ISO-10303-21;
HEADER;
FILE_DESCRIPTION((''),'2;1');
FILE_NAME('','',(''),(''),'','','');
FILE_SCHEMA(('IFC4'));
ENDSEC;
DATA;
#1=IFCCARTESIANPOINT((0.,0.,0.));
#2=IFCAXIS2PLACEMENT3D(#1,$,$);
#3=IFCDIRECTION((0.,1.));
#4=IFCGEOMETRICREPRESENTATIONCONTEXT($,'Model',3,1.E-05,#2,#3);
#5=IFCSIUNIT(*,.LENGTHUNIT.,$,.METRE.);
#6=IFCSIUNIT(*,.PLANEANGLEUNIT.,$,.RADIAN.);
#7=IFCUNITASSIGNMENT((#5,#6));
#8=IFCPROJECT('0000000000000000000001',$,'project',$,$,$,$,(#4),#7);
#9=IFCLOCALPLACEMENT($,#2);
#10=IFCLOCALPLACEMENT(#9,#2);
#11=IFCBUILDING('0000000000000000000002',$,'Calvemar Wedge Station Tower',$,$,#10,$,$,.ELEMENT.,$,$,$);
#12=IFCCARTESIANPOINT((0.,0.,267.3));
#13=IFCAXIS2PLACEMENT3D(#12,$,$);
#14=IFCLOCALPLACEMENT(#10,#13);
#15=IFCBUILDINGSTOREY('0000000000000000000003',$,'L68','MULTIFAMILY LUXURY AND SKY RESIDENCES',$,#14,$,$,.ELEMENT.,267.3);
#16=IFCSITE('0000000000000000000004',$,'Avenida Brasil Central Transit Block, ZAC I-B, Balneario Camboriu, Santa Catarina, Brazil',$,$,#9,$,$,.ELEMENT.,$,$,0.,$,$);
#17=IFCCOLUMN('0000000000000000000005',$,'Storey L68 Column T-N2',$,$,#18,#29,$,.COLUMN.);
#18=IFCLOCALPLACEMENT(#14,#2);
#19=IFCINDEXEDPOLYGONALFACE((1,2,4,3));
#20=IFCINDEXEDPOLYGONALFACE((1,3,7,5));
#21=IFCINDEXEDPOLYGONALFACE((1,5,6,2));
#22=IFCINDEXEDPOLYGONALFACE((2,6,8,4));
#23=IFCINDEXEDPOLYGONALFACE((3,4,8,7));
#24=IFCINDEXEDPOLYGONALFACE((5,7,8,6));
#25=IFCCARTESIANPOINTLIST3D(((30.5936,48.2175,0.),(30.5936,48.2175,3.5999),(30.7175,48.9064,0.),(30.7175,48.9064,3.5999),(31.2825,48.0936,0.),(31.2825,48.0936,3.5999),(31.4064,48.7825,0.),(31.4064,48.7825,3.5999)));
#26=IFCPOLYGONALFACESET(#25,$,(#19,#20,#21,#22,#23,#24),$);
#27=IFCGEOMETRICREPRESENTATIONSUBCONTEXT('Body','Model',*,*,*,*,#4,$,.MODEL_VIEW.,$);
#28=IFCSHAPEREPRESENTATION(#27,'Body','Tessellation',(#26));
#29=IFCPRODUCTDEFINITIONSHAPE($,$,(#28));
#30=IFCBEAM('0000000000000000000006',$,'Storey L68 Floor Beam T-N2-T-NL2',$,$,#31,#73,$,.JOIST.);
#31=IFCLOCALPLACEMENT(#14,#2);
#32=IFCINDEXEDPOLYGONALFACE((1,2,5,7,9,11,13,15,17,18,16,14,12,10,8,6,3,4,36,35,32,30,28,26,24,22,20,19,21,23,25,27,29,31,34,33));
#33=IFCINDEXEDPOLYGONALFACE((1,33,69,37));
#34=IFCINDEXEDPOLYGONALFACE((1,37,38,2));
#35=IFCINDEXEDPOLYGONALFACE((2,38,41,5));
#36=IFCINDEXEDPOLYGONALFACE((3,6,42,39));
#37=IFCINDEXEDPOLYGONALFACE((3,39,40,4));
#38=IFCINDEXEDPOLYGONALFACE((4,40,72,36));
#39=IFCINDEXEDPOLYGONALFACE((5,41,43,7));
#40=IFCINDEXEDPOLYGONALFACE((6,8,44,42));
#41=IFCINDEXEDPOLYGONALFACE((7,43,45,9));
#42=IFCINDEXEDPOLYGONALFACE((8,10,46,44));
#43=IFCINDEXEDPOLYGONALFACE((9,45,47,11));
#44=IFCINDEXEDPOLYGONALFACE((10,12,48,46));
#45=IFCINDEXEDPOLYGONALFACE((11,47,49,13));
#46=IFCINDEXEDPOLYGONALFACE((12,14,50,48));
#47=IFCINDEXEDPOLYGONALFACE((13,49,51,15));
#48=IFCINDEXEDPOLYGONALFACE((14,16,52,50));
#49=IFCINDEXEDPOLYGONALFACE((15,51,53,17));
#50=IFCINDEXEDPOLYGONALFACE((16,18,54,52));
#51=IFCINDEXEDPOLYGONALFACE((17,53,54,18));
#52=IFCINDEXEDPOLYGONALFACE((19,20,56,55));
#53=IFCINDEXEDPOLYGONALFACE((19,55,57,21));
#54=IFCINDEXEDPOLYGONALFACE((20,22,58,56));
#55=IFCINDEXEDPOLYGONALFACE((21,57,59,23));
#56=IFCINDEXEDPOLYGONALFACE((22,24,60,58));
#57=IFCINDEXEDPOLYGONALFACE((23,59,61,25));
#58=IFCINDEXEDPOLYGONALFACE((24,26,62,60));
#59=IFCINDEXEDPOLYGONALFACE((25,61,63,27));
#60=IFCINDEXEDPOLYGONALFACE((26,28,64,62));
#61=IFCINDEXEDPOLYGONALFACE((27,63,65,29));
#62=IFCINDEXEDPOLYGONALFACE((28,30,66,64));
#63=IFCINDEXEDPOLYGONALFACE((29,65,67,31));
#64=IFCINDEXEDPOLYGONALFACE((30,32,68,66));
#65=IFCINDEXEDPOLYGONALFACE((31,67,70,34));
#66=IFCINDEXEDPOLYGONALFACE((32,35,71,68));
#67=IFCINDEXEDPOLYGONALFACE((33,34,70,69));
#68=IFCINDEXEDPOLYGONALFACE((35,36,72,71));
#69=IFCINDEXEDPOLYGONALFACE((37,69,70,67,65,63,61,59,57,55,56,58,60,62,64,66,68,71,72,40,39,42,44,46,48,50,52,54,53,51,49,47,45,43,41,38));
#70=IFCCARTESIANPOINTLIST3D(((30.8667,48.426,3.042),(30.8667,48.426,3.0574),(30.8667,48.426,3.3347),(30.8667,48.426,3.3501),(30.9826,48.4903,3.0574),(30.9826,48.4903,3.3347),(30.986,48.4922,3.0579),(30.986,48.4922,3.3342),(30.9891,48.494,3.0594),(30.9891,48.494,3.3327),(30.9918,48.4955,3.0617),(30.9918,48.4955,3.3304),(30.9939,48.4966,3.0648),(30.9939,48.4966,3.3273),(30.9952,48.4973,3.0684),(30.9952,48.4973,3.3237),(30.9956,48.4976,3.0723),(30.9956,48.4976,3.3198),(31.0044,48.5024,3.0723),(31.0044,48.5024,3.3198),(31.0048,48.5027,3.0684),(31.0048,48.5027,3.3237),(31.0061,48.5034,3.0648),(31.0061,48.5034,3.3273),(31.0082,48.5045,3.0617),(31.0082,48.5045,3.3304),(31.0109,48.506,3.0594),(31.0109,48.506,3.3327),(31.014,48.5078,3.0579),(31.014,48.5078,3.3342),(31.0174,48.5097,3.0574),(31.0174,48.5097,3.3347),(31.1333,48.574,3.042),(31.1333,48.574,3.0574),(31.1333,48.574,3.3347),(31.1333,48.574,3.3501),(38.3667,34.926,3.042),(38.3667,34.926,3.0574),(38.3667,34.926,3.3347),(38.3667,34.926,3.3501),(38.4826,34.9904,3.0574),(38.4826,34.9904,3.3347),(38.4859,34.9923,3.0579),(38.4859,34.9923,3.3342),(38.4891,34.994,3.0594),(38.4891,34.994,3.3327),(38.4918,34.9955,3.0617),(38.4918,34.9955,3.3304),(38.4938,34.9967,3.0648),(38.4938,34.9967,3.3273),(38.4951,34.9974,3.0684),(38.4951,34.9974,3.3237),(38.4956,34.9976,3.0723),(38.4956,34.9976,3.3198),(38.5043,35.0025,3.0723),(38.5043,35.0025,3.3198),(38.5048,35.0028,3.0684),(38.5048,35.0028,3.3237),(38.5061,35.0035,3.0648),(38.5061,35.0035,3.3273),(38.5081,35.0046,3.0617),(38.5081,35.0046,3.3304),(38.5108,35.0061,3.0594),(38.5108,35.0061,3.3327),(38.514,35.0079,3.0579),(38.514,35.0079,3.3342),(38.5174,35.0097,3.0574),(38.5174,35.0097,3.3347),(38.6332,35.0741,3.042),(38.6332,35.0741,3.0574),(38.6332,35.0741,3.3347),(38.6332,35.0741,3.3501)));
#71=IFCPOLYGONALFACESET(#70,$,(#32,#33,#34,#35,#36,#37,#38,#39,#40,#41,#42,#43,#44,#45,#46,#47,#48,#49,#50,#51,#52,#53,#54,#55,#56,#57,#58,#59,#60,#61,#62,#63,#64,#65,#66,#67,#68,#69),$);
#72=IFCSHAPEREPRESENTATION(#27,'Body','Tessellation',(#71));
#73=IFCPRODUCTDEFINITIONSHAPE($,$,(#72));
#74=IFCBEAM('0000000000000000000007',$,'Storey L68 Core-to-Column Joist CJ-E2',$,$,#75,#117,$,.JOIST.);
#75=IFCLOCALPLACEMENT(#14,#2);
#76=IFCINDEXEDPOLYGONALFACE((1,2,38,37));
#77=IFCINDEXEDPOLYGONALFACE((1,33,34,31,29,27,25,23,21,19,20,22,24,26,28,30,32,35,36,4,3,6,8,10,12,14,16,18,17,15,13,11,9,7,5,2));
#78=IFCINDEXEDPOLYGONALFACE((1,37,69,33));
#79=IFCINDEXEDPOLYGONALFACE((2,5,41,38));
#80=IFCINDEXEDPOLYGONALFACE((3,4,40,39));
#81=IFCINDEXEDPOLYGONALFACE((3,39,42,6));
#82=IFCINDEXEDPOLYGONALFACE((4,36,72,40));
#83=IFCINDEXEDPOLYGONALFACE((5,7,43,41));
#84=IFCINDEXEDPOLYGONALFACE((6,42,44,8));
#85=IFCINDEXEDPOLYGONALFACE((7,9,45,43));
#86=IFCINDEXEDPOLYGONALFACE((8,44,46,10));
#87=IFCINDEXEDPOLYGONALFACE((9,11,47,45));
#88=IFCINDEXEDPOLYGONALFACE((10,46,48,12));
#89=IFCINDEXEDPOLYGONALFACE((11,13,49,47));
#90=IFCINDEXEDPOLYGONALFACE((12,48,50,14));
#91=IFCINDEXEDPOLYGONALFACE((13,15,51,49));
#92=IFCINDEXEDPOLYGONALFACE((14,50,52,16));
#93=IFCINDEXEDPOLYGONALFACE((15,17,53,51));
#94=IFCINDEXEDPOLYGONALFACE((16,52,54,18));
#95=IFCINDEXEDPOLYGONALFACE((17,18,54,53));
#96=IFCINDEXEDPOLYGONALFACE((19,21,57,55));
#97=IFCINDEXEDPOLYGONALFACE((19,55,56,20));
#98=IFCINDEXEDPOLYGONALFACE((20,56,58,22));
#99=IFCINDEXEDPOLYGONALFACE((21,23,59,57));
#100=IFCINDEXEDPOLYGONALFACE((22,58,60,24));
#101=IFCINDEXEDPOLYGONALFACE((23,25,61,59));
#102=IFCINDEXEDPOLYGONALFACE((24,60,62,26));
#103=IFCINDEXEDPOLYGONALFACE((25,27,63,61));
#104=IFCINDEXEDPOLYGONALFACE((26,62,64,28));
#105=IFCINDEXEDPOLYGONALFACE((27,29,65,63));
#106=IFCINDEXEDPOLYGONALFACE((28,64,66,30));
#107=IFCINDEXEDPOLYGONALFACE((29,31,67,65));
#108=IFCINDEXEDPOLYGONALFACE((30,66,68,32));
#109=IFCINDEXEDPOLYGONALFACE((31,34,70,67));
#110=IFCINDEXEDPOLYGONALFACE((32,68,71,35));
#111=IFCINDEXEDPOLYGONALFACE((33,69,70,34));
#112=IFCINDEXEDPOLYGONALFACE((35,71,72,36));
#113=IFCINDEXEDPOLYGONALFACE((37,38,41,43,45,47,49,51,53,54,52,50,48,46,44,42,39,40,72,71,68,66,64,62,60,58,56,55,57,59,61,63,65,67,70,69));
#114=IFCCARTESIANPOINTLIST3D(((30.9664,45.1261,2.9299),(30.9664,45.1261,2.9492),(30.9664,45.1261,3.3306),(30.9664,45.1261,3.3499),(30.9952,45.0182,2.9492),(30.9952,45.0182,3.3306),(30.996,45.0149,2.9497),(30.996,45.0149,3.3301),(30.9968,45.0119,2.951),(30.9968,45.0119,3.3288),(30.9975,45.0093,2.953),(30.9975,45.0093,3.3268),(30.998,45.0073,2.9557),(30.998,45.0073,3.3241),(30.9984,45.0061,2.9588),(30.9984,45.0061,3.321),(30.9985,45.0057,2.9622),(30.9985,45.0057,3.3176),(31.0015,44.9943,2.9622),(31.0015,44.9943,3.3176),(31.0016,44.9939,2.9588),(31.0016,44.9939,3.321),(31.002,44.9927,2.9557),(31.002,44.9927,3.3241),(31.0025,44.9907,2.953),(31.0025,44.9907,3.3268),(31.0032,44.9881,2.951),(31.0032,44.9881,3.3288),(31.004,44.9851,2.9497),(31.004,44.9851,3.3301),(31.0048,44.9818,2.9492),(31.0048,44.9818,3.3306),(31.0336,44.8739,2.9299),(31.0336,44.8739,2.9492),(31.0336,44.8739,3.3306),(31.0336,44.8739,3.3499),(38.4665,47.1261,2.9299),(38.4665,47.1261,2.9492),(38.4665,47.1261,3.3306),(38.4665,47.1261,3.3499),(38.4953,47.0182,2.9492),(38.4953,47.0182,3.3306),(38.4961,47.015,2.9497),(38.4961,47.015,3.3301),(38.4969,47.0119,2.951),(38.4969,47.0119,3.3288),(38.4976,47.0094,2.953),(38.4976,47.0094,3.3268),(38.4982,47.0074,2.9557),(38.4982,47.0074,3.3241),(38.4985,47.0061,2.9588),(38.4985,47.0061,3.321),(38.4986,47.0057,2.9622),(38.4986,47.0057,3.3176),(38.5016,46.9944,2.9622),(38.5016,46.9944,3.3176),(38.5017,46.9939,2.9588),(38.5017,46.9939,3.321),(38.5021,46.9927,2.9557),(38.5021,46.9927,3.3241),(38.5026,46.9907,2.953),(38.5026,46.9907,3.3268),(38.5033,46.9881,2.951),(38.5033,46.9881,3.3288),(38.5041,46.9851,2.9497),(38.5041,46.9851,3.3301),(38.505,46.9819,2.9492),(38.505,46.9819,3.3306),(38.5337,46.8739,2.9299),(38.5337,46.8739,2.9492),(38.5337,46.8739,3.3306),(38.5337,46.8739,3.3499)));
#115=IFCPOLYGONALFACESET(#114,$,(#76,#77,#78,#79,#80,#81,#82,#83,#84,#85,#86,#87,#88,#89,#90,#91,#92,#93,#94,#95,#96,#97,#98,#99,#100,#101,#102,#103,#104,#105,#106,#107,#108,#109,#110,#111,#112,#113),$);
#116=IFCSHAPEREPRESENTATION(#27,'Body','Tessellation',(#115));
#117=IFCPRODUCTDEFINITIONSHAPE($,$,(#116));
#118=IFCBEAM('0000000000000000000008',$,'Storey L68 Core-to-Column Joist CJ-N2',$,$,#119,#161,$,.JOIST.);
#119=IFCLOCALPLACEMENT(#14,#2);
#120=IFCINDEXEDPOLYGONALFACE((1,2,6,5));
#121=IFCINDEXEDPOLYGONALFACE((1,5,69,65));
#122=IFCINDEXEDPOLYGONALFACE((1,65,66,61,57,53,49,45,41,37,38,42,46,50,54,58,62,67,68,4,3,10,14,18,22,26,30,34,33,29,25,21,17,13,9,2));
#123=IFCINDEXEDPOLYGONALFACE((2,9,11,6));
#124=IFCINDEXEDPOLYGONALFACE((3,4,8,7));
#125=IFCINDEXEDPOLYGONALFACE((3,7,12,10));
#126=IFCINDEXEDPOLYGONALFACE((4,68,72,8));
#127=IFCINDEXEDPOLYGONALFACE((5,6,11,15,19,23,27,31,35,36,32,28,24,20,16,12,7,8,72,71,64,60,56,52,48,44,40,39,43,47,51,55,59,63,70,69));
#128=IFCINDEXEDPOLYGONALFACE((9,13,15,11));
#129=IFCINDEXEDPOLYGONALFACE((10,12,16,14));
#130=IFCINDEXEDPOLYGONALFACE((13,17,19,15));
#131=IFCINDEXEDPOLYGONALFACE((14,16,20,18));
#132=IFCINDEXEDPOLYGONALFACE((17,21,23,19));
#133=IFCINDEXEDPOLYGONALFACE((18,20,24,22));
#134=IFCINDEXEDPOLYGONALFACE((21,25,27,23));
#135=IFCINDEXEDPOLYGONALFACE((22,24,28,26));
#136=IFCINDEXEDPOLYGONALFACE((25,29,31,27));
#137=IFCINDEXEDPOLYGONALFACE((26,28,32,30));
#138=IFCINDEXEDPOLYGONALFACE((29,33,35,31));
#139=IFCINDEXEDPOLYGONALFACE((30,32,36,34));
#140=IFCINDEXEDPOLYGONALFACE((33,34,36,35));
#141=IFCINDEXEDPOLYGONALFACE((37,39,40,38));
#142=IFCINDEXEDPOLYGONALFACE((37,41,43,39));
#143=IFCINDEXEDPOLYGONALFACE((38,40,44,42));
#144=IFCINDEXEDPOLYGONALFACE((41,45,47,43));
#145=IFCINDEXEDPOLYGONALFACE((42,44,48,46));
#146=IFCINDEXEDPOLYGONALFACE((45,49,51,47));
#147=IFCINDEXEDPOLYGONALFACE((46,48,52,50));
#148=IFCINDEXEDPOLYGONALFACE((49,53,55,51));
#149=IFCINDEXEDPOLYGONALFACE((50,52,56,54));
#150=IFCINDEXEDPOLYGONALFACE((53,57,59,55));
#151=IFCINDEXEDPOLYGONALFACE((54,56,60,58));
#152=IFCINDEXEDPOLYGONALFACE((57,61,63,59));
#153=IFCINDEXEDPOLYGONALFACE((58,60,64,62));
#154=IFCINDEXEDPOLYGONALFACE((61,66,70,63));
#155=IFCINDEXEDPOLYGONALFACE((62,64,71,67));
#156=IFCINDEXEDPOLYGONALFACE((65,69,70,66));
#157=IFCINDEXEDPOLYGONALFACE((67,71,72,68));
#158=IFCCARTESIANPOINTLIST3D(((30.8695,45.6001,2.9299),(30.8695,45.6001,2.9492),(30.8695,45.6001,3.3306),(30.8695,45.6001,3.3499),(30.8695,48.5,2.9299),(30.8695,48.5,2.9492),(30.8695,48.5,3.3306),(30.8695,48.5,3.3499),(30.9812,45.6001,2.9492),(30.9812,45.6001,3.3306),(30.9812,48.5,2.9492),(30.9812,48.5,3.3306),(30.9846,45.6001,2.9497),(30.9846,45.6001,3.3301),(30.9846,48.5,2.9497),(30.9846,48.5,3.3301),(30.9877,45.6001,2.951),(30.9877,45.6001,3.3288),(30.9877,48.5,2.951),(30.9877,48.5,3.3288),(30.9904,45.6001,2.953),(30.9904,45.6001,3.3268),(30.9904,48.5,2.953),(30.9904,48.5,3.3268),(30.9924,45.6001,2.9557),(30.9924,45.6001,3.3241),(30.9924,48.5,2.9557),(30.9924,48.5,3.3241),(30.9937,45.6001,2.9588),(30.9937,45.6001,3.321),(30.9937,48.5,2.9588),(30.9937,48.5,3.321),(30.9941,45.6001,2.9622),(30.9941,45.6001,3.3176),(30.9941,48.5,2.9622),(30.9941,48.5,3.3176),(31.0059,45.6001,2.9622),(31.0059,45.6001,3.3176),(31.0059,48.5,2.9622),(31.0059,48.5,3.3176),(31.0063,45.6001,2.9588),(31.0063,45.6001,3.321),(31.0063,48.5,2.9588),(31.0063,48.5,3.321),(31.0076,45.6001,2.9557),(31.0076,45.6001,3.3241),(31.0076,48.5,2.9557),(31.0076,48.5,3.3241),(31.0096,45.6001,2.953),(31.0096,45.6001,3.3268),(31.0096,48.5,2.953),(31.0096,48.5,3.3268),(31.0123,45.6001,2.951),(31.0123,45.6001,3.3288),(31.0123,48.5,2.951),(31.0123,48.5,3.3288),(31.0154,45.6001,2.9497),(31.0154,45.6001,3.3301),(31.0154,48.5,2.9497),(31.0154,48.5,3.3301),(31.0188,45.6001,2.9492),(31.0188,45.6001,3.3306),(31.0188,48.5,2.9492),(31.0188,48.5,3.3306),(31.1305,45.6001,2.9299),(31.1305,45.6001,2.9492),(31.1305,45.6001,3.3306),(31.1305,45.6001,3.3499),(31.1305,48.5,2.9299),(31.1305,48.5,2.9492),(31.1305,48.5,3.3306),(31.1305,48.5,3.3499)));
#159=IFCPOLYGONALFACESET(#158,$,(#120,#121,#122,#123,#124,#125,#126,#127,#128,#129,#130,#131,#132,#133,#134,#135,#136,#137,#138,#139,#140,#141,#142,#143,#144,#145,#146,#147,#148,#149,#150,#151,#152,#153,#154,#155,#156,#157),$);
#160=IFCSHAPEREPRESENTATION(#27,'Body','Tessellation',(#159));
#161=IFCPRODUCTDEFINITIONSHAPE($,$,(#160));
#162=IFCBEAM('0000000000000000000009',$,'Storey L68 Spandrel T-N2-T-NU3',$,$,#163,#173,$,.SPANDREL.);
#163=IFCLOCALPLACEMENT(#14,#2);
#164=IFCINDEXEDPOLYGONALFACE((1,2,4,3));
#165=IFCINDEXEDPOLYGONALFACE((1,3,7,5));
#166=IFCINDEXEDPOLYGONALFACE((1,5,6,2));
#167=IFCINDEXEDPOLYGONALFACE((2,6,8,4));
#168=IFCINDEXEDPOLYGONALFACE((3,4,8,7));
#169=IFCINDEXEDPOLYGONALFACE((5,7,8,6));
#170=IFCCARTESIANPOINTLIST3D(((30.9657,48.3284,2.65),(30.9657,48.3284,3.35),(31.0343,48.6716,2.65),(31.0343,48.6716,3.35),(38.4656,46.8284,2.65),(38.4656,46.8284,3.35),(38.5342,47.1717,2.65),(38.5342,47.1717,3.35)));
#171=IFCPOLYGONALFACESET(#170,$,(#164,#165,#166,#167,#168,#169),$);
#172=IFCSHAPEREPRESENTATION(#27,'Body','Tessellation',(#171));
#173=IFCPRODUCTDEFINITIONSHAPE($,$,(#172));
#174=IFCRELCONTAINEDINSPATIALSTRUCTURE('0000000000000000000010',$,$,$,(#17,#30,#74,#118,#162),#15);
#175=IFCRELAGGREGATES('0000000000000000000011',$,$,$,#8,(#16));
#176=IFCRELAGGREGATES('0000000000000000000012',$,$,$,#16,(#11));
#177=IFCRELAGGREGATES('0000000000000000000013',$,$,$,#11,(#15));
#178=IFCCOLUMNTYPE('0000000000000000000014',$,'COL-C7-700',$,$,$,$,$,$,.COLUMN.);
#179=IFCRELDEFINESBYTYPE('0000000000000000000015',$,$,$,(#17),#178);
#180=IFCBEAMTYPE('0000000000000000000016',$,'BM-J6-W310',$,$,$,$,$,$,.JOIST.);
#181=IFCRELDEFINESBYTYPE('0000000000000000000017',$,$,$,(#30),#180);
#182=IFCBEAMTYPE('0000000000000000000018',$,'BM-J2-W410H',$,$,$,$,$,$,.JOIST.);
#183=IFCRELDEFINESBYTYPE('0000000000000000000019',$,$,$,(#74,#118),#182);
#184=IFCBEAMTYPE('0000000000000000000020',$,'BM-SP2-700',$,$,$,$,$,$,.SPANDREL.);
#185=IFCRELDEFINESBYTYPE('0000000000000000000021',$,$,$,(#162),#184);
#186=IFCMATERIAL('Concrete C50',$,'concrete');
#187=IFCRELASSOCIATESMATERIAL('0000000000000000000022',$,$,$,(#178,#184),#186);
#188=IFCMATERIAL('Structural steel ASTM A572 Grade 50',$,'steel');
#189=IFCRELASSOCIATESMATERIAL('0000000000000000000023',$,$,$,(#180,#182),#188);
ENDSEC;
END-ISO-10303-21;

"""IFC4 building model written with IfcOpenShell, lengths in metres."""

from ifc_helpers import new_model, si_unit, direction, frame, origin, origin_2d, place, context, subcontext, project, spatial, rectangle, i_section, extrude, source, transform, mapped, material, material_profile, profile_set, type_object, element, save


model = new_model("IFC4")

# Units and contexts
model_context = context("Model", 3, precision=1e-05, world=origin(), true_north=direction((0.0, 1.0)))
body_context = subcontext(model_context, "Body", "Model", "MODEL_VIEW")
ifc_project = project(units=[si_unit("LENGTHUNIT", "METRE"), si_unit("PLANEANGLEUNIT", "RADIAN")], contexts=[model_context])

# Site, building, storey
site_placement = place(None, origin())
site = spatial("IfcSite", under=ifc_project, at=site_placement, Name="Avenida Brasil Central Transit Block, ZAC I-B, Balneario Camboriu, Santa Catarina, Brazil", CompositionType="ELEMENT", RefElevation=0.0)
building_placement = place(site_placement, origin())
building = spatial("IfcBuilding", under=site, at=building_placement, Name="Calvemar Wedge Station Tower", CompositionType="ELEMENT")
storey_placement = place(building_placement, frame((0.0, 0.0, 267.3)))
storey = spatial("IfcBuildingStorey", under=building, at=storey_placement, Name="L68", Description="MULTIFAMILY LUXURY AND SKY RESIDENCES", CompositionType="ELEMENT", Elevation=267.3)

# Column
ifc_material_1 = material(Name="Concrete C50", Category="concrete")
ifc_material_profile_1 = material_profile(ifc_material_1, rectangle(XDim=0.7, YDim=0.7, at=origin_2d()), Name="RC700x700")
ifc_profile_set_1 = profile_set([ifc_material_profile_1], Name="Concrete C50")
column_type = type_object("IfcColumnType", Name="COL-C7-700", PredefinedType="COLUMN", material=ifc_profile_set_1)
shared_shape_1 = source(origin(), body_context, "Body", "SweptSolid", [
    extrude(rectangle(XDim=0.7, YDim=0.7, at=origin_2d()), origin(), (0.0, 0.0, 1.0), 3.5999),
])
column_placement = place(storey_placement, frame((31.0, 48.5, 0.0), z_axis=(0.0, 0.0, 1.0), x_axis=(0.984196, -0.177085, 0.0)))
element("IfcColumn", 1, at=column_placement, inside=storey, type_object=column_type, Name="Storey L68 Column T-N2", PredefinedType="COLUMN", context=body_context, shape_type="MappedRepresentation", body=[
    mapped(shared_shape_1, transform((0.0, 0.0, 0.0), scale=1.0)),
])

# Beams
ifc_material_2 = material(Name="Structural steel ASTM A572 Grade 50", Category="steel")
ifc_material_profile_2 = material_profile(ifc_material_2, i_section(OverallWidth=0.3049, OverallDepth=0.3081, WebThickness=0.01, FlangeThickness=0.0154, FilletRadius=0.0149, at=origin_2d()), Name="W310x97")
ifc_profile_set_2 = profile_set([ifc_material_profile_2], Name="Structural steel ASTM A572 Grade 50")
beam_type_1 = type_object("IfcBeamType", Name="BM-J6-W310", PredefinedType="JOIST", material=ifc_profile_set_2)
shared_shape_2 = source(origin(), body_context, "Body", "SweptSolid", [
    extrude(i_section(OverallWidth=0.3049, OverallDepth=0.3081, WebThickness=0.01, FlangeThickness=0.0154, FilletRadius=0.0149, at=origin_2d()), origin(), (0.0, 0.0, 1.0), 15.4434),
])
beam_1_placement = place(storey_placement, frame((31.0, 48.5, 3.196), z_axis=(0.485643, -0.874157, 0.0), x_axis=(0.874157, 0.485643, 0.0)))
element("IfcBeam", 2, at=beam_1_placement, inside=storey, type_object=beam_type_1, Name="Storey L68 Floor Beam T-N2-T-NL2", PredefinedType="JOIST", context=body_context, shape_type="MappedRepresentation", body=[
    mapped(shared_shape_2, transform((0.0, 0.0, 0.0), scale=1.0)),
])
ifc_material_profile_3 = material_profile(ifc_material_2, i_section(OverallWidth=0.261, OverallDepth=0.4199, WebThickness=0.0117, FlangeThickness=0.0193, FilletRadius=0.0129, at=origin_2d()), Name="W410x114")
ifc_profile_set_3 = profile_set([ifc_material_profile_3], Name="Structural steel ASTM A572 Grade 50")
beam_type_2 = type_object("IfcBeamType", Name="BM-J2-W410H", PredefinedType="JOIST", material=ifc_profile_set_3)
shared_shape_3 = source(origin(), body_context, "Body", "SweptSolid", [
    extrude(i_section(OverallWidth=0.261, OverallDepth=0.4199, WebThickness=0.0117, FlangeThickness=0.0193, FilletRadius=0.0129, at=origin_2d()), origin(), (0.0, 0.0, 1.0), 7.7622),
])
beam_2_placement = place(storey_placement, frame((31.0, 45.0, 3.1399), z_axis=(0.966235, 0.257663, 0.0), x_axis=(-0.257663, 0.966235, 0.0)))
element("IfcBeam", 3, at=beam_2_placement, inside=storey, type_object=beam_type_2, Name="Storey L68 Core-to-Column Joist CJ-E2", PredefinedType="JOIST", context=body_context, shape_type="MappedRepresentation", body=[
    mapped(shared_shape_3, transform((0.0, 0.0, 0.0), scale=1.0)),
])
shared_shape_4 = source(origin(), body_context, "Body", "SweptSolid", [
    extrude(i_section(OverallWidth=0.261, OverallDepth=0.4199, WebThickness=0.0117, FlangeThickness=0.0193, FilletRadius=0.0129, at=origin_2d()), origin(), (0.0, 0.0, 1.0), 2.8999),
])
beam_3_placement = place(storey_placement, frame((31.0, 45.6001, 3.1399), z_axis=(0.0, 1.0, 0.0), x_axis=(-1.0, 0.0, 0.0)))
element("IfcBeam", 4, at=beam_3_placement, inside=storey, type_object=beam_type_2, Name="Storey L68 Core-to-Column Joist CJ-N2", PredefinedType="JOIST", context=body_context, shape_type="MappedRepresentation", body=[
    mapped(shared_shape_4, transform((0.0, 0.0, 0.0), scale=1.0)),
])
ifc_material_profile_4 = material_profile(ifc_material_1, rectangle(XDim=0.3501, YDim=0.7, at=origin_2d()), Name="RC350x700")
ifc_profile_set_4 = profile_set([ifc_material_profile_4], Name="Concrete C50")
beam_type_3 = type_object("IfcBeamType", Name="BM-SP2-700", PredefinedType="SPANDREL", material=ifc_profile_set_4)
shared_shape_5 = source(origin(), body_context, "Body", "SweptSolid", [
    extrude(rectangle(XDim=0.3501, YDim=0.7, at=origin_2d()), origin(), (0.0, 0.0, 1.0), 7.6484),
])
beam_4_placement = place(storey_placement, frame((31.0, 48.5, 3.0), z_axis=(0.980581, -0.196116, 0.0), x_axis=(0.196116, 0.980581, 0.0)))
element("IfcBeam", 5, at=beam_4_placement, inside=storey, type_object=beam_type_3, Name="Storey L68 Spandrel T-N2-T-NU3", PredefinedType="SPANDREL", context=body_context, shape_type="MappedRepresentation", body=[
    mapped(shared_shape_5, transform((0.0, 0.0, 0.0), scale=1.0)),
])

save(model, "model.ifc")
